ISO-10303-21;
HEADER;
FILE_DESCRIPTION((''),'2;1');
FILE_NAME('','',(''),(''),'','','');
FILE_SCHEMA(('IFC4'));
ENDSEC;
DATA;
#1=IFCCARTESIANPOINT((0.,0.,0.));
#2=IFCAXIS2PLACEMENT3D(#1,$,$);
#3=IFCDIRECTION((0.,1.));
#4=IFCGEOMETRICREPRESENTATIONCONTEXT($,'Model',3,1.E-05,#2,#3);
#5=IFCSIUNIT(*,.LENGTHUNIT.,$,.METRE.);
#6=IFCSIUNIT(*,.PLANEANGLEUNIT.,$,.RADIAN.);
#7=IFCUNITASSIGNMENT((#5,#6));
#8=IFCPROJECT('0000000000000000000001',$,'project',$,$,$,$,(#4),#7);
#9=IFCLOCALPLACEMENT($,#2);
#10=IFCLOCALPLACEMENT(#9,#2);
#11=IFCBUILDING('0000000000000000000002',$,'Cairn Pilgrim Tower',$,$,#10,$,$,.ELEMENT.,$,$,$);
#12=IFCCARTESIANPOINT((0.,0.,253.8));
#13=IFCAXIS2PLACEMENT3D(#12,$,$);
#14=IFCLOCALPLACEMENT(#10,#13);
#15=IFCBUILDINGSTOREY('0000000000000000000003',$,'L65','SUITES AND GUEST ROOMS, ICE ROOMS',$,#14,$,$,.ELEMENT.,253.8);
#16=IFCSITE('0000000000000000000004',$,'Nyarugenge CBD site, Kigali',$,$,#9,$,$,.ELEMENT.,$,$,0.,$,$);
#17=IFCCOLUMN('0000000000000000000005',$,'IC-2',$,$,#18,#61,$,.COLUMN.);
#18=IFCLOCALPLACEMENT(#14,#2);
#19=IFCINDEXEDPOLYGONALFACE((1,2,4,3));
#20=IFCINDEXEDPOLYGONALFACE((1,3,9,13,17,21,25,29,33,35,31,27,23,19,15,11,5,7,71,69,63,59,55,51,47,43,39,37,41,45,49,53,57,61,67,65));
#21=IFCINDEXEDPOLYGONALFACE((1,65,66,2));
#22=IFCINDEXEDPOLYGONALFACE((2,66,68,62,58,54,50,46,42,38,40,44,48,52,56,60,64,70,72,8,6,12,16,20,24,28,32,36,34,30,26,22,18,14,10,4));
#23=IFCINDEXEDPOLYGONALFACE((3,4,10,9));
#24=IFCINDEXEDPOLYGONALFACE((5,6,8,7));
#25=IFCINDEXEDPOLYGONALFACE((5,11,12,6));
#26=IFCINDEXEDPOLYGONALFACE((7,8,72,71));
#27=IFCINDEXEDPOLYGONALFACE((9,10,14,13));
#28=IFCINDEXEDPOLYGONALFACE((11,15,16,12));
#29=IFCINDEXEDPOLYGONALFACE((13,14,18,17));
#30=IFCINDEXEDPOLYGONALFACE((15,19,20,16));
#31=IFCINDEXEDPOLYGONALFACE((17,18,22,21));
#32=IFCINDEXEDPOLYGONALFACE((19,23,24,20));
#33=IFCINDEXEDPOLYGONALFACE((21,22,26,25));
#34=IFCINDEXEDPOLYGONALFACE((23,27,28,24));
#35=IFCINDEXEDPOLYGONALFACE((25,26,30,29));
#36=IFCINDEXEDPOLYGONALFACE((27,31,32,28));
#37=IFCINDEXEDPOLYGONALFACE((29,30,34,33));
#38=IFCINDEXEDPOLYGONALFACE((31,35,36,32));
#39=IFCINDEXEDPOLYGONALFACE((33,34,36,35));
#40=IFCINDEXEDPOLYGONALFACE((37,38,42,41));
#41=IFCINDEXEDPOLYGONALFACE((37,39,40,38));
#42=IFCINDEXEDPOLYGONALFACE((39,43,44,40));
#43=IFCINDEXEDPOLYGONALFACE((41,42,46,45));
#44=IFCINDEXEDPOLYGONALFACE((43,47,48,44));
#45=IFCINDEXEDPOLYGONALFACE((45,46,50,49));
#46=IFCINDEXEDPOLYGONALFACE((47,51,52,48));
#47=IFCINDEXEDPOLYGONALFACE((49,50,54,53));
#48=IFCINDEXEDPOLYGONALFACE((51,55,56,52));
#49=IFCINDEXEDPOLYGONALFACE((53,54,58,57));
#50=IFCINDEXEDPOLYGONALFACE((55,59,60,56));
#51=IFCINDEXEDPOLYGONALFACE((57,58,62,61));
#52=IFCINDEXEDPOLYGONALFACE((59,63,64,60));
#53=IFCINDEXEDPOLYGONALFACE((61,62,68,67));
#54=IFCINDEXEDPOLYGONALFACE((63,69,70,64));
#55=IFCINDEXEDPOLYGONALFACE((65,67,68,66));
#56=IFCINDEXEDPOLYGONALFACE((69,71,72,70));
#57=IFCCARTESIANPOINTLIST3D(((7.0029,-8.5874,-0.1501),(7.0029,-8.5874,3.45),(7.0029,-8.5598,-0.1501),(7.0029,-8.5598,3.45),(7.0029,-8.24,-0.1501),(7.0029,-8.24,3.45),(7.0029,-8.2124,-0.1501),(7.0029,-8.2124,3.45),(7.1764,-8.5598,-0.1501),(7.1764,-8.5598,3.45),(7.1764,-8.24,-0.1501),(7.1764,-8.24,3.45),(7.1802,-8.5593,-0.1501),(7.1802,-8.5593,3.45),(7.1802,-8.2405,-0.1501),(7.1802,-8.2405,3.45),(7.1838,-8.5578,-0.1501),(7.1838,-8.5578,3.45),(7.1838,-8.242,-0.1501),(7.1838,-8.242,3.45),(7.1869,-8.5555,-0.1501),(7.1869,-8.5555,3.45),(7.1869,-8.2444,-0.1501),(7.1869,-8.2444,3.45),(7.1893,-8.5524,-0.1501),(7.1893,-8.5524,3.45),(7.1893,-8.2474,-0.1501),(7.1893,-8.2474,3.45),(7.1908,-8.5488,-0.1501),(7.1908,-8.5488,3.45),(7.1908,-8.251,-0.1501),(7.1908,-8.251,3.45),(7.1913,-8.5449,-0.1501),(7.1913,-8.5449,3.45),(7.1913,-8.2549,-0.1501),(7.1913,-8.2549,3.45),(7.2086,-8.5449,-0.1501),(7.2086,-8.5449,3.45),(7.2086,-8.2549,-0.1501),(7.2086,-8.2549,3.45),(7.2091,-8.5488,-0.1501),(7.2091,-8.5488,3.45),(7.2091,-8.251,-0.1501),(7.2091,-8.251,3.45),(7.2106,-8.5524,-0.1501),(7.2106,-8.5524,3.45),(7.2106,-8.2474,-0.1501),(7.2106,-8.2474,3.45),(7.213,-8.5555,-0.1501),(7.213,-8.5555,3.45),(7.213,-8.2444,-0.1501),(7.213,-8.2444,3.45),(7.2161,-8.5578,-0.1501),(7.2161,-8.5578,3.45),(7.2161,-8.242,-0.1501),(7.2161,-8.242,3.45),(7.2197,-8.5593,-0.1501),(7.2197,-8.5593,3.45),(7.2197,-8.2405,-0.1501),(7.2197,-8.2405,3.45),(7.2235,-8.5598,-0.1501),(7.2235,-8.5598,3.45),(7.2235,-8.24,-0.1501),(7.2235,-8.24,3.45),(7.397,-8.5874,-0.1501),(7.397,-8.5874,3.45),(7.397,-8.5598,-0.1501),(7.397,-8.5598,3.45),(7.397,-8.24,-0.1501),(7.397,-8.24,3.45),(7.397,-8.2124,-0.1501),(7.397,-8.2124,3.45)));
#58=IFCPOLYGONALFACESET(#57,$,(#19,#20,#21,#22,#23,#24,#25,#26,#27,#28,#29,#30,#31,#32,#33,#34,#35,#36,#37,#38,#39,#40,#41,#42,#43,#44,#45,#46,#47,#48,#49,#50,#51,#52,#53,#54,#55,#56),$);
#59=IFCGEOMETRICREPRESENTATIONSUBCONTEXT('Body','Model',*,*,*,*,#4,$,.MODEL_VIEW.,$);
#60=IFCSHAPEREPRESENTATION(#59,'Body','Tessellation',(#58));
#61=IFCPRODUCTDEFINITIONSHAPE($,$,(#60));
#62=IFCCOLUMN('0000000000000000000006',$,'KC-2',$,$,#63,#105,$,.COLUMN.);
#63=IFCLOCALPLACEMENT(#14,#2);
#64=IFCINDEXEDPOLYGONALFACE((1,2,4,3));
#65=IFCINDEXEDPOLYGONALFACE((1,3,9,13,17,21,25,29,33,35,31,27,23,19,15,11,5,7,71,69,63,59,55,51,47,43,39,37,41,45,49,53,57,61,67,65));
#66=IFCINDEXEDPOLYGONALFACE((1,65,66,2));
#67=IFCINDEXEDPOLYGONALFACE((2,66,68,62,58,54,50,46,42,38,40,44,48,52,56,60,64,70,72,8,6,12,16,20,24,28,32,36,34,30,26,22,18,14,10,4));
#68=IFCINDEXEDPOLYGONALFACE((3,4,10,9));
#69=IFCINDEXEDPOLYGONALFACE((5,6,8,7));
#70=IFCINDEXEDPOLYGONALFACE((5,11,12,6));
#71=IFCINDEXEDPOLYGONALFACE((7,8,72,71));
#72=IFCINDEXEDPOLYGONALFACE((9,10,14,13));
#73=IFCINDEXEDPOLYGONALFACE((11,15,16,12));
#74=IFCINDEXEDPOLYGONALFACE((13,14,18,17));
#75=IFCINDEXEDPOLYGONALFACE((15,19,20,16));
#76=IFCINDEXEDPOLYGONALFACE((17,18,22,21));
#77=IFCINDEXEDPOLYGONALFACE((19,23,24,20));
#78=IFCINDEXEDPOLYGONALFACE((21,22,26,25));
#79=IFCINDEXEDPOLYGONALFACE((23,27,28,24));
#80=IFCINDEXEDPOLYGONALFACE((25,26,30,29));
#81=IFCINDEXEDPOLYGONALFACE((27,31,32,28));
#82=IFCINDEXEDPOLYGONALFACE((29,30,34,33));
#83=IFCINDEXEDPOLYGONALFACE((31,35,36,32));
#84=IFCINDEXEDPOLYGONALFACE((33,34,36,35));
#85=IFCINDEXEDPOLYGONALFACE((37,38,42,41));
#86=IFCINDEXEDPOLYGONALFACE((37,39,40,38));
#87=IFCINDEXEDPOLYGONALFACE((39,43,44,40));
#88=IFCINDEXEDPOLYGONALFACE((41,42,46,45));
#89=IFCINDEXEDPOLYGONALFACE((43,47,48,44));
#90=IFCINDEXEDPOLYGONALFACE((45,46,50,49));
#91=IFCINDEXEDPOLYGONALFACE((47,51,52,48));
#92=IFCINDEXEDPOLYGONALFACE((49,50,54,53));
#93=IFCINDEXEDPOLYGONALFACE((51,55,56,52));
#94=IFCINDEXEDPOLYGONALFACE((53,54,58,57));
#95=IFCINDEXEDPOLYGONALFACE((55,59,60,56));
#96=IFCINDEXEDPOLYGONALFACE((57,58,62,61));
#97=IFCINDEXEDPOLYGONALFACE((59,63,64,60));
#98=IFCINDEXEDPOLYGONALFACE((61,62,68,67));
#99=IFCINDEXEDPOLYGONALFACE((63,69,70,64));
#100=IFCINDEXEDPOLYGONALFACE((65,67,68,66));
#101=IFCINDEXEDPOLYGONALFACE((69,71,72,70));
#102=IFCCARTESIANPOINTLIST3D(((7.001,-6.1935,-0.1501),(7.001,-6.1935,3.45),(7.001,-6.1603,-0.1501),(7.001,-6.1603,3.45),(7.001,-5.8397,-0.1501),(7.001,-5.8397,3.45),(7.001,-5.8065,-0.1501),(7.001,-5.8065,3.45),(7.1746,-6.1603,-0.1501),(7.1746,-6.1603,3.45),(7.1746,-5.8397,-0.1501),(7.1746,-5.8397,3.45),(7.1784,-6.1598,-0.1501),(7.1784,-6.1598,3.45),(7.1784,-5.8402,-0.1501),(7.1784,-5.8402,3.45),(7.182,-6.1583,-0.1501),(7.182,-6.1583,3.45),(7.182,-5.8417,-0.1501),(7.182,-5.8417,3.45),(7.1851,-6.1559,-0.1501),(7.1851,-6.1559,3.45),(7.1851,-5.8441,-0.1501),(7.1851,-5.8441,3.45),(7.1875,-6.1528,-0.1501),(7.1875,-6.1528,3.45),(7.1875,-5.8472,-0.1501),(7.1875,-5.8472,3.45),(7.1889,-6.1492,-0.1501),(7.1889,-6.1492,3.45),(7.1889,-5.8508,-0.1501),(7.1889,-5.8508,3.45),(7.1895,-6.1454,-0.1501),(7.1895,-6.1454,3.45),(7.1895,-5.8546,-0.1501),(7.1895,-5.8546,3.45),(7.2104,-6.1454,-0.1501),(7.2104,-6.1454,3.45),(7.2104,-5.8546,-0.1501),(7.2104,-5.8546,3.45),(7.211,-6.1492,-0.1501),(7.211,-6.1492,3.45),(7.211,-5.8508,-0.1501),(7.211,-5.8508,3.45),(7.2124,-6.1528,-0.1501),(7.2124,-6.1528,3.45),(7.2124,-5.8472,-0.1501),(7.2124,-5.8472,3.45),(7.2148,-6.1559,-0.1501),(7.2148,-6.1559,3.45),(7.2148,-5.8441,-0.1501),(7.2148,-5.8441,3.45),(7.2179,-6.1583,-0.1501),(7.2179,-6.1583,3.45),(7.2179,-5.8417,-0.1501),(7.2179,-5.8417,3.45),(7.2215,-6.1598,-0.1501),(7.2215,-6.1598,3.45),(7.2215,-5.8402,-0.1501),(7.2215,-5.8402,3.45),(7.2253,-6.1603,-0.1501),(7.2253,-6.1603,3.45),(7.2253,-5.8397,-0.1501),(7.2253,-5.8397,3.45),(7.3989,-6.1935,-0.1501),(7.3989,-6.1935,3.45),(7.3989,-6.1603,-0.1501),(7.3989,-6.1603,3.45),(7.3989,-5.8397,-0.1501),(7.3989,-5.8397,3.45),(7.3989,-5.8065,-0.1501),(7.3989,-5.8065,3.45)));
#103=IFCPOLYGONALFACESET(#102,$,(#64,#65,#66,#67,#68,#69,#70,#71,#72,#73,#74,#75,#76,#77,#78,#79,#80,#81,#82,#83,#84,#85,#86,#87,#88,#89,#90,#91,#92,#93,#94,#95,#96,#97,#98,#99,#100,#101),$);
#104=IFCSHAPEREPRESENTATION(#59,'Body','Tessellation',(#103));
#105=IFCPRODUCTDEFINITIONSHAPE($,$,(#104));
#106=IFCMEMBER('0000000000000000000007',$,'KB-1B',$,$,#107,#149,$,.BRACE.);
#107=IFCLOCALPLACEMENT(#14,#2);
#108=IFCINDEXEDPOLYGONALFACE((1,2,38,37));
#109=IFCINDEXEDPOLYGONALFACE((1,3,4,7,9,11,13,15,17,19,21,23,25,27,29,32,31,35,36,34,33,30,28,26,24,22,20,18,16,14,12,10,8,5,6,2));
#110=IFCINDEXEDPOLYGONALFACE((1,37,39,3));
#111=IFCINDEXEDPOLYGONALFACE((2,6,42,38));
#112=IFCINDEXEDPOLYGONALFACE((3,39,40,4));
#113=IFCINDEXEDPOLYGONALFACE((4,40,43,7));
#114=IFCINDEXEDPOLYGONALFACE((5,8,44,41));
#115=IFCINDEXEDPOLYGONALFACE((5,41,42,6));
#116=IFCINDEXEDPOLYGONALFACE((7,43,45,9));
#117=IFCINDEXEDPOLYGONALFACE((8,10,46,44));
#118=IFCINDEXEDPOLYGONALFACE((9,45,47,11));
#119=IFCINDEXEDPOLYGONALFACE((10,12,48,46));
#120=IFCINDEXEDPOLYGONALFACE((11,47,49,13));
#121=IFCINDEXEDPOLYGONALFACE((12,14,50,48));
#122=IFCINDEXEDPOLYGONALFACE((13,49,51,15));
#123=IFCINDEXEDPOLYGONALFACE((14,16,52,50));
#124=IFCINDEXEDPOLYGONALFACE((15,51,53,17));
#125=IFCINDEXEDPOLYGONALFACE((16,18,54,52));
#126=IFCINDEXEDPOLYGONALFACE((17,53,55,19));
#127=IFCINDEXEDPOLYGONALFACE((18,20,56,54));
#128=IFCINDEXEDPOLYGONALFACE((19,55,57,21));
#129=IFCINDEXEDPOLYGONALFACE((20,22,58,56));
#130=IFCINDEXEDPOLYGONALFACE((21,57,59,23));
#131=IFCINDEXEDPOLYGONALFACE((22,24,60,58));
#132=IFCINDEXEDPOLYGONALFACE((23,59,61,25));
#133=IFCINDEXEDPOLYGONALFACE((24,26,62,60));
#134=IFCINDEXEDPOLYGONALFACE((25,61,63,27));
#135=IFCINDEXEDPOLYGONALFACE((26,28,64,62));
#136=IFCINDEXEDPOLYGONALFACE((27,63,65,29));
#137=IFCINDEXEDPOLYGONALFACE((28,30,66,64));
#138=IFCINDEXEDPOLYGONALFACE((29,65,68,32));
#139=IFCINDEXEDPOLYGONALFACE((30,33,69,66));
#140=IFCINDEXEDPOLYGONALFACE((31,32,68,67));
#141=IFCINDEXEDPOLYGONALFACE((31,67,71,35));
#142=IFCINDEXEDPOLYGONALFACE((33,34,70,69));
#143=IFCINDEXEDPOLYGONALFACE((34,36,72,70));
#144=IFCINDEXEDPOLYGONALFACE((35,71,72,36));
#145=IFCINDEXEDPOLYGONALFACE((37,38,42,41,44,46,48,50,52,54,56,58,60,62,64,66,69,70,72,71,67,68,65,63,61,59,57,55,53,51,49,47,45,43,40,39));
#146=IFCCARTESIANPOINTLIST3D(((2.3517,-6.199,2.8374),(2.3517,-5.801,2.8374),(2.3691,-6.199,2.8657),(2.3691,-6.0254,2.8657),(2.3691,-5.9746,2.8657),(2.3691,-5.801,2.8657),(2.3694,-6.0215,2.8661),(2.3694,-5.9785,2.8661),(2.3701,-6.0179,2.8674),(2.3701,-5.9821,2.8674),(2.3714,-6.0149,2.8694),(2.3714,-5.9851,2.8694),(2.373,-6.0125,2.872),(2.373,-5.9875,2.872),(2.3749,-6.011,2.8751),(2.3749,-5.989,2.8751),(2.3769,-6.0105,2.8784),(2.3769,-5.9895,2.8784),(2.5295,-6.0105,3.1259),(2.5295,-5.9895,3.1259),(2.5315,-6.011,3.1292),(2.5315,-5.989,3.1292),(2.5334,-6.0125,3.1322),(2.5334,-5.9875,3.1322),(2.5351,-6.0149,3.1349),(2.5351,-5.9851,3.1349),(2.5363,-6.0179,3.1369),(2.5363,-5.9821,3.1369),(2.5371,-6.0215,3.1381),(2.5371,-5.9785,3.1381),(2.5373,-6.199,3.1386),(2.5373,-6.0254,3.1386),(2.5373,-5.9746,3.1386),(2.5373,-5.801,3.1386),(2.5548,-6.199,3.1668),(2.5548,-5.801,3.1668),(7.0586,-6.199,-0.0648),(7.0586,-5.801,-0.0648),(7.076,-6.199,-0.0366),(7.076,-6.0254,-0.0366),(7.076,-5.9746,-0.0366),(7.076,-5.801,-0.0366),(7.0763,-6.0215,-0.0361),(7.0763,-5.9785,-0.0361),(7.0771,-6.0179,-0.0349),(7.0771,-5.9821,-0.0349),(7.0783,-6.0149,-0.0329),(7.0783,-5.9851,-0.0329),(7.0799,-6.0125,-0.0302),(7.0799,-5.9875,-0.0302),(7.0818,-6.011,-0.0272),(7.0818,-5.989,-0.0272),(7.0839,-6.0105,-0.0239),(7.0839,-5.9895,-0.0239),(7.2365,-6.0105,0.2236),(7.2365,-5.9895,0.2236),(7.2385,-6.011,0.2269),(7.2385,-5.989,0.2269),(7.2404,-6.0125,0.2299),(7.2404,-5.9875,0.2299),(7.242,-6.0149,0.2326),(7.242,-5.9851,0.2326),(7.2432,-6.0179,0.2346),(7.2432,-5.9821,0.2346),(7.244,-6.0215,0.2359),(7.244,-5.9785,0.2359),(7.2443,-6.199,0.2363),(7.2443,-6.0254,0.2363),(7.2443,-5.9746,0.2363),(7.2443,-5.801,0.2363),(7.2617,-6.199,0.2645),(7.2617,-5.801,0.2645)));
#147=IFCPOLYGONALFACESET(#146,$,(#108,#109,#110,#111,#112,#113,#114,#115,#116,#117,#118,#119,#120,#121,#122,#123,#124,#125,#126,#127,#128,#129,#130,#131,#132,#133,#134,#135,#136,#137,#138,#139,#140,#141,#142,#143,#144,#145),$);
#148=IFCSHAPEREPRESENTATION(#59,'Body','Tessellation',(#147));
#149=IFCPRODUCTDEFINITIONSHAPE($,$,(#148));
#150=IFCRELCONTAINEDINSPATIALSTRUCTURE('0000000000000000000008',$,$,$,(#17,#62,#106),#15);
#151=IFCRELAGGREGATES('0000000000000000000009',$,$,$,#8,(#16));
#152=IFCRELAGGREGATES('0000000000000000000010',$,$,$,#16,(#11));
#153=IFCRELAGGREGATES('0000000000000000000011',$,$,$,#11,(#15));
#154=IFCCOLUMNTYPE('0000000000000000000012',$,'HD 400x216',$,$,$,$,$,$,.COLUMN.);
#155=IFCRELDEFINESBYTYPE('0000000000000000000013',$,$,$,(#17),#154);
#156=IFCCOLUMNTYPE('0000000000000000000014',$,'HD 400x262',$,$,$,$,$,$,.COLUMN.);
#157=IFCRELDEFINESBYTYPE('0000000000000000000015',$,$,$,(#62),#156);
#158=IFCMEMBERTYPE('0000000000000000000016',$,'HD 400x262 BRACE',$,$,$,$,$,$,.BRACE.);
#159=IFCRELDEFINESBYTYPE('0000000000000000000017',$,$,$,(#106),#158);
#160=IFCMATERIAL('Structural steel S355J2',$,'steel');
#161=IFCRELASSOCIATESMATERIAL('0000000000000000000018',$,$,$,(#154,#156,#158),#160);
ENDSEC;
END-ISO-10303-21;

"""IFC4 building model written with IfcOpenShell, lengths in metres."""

from ifc_helpers import new_model, si_unit, direction, frame, origin, origin_2d, place, context, subcontext, project, spatial, i_section, extrude, material, material_profile, profile_set, type_object, element, save


model = new_model("IFC4")

# Units and contexts
model_context = context("Model", 3, precision=1e-05, world=origin(), true_north=direction((0.0, 1.0)))
body_context = subcontext(model_context, "Body", "Model", "MODEL_VIEW")
ifc_project = project(units=[si_unit("LENGTHUNIT", "METRE"), si_unit("PLANEANGLEUNIT", "RADIAN")], contexts=[model_context])

# Site, building, storey
site_placement = place(None, origin())
site = spatial("IfcSite", under=ifc_project, at=site_placement, Name="Nyarugenge CBD site, Kigali", CompositionType="ELEMENT", RefElevation=0.0)
building_placement = place(site_placement, origin())
building = spatial("IfcBuilding", under=site, at=building_placement, Name="Cairn Pilgrim Tower", CompositionType="ELEMENT")
storey_placement = place(building_placement, frame((0.0, 0.0, 253.8)))
storey = spatial("IfcBuildingStorey", under=building, at=storey_placement, Name="L65", Description="SUITES AND GUEST ROOMS, ICE ROOMS", CompositionType="ELEMENT", Elevation=253.8)

# Columns
ifc_material_1 = material(Name="Structural steel S355J2", Category="steel")
ifc_material_profile_1 = material_profile(ifc_material_1, i_section(OverallWidth=0.394, OverallDepth=0.375, WebThickness=0.0173, FlangeThickness=0.0276, FilletRadius=0.0149, at=origin_2d()), Name="HD 400x216")
ifc_profile_set_1 = profile_set([ifc_material_profile_1], Name="Structural steel S355J2")
column_type_1 = type_object("IfcColumnType", Name="HD 400x216", PredefinedType="COLUMN", material=ifc_profile_set_1)
column_1_placement = place(storey_placement, frame((7.2, -8.3999, -0.1501), z_axis=(0.0, 0.0, 1.0), x_axis=(1.0, 0.0, 0.0)))
element("IfcColumn", 1, at=column_1_placement, inside=storey, type_object=column_type_1, Name="IC-2", PredefinedType="COLUMN", context=body_context, shape_type="SweptSolid", body=[
    extrude(i_section(OverallWidth=0.394, OverallDepth=0.375, WebThickness=0.0173, FlangeThickness=0.0276, FilletRadius=0.0149, at=origin_2d()), origin(), (0.0, 0.0, 1.0), 3.6001),
])
ifc_material_profile_2 = material_profile(ifc_material_1, i_section(OverallWidth=0.3979, OverallDepth=0.387, WebThickness=0.021, FlangeThickness=0.0332, FilletRadius=0.0149, at=origin_2d()), Name="HD 400x262")
ifc_profile_set_2 = profile_set([ifc_material_profile_2], Name="Structural steel S355J2")
column_type_2 = type_object("IfcColumnType", Name="HD 400x262", PredefinedType="COLUMN", material=ifc_profile_set_2)
column_2_placement = place(storey_placement, frame((7.2, -6.0, -0.1501), z_axis=(0.0, 0.0, 1.0), x_axis=(1.0, 0.0, 0.0)))
element("IfcColumn", 2, at=column_2_placement, inside=storey, type_object=column_type_2, Name="KC-2", PredefinedType="COLUMN", context=body_context, shape_type="SweptSolid", body=[
    extrude(i_section(OverallWidth=0.3979, OverallDepth=0.387, WebThickness=0.021, FlangeThickness=0.0332, FilletRadius=0.0149, at=origin_2d()), origin(), (0.0, 0.0, 1.0), 3.6001),
])

# Member
ifc_material_profile_3 = material_profile(ifc_material_1, i_section(OverallWidth=0.3979, OverallDepth=0.387, WebThickness=0.021, FlangeThickness=0.0332, FilletRadius=0.0149, at=origin_2d()), Name="HD 400x262")
ifc_profile_set_3 = profile_set([ifc_material_profile_3], Name="Structural steel S355J2")
member_type = type_object("IfcMemberType", Name="HD 400x262 BRACE", PredefinedType="BRACE", material=ifc_profile_set_3)
member_placement = place(storey_placement, frame((7.1602, -6.0, 0.0999), z_axis=(-0.851197, 0.0, 0.524846), x_axis=(0.0, -1.0, 0.0)))
element("IfcMember", 3, at=member_placement, inside=storey, type_object=member_type, Name="KB-1B", PredefinedType="BRACE", context=body_context, shape_type="SweptSolid", body=[
    extrude(i_section(OverallWidth=0.3979, OverallDepth=0.387, WebThickness=0.021, FlangeThickness=0.0332, FilletRadius=0.0149, at=origin_2d()), origin(), (0.0, 0.0, 1.0), 5.5298),
])

save(model, "model.ifc")
